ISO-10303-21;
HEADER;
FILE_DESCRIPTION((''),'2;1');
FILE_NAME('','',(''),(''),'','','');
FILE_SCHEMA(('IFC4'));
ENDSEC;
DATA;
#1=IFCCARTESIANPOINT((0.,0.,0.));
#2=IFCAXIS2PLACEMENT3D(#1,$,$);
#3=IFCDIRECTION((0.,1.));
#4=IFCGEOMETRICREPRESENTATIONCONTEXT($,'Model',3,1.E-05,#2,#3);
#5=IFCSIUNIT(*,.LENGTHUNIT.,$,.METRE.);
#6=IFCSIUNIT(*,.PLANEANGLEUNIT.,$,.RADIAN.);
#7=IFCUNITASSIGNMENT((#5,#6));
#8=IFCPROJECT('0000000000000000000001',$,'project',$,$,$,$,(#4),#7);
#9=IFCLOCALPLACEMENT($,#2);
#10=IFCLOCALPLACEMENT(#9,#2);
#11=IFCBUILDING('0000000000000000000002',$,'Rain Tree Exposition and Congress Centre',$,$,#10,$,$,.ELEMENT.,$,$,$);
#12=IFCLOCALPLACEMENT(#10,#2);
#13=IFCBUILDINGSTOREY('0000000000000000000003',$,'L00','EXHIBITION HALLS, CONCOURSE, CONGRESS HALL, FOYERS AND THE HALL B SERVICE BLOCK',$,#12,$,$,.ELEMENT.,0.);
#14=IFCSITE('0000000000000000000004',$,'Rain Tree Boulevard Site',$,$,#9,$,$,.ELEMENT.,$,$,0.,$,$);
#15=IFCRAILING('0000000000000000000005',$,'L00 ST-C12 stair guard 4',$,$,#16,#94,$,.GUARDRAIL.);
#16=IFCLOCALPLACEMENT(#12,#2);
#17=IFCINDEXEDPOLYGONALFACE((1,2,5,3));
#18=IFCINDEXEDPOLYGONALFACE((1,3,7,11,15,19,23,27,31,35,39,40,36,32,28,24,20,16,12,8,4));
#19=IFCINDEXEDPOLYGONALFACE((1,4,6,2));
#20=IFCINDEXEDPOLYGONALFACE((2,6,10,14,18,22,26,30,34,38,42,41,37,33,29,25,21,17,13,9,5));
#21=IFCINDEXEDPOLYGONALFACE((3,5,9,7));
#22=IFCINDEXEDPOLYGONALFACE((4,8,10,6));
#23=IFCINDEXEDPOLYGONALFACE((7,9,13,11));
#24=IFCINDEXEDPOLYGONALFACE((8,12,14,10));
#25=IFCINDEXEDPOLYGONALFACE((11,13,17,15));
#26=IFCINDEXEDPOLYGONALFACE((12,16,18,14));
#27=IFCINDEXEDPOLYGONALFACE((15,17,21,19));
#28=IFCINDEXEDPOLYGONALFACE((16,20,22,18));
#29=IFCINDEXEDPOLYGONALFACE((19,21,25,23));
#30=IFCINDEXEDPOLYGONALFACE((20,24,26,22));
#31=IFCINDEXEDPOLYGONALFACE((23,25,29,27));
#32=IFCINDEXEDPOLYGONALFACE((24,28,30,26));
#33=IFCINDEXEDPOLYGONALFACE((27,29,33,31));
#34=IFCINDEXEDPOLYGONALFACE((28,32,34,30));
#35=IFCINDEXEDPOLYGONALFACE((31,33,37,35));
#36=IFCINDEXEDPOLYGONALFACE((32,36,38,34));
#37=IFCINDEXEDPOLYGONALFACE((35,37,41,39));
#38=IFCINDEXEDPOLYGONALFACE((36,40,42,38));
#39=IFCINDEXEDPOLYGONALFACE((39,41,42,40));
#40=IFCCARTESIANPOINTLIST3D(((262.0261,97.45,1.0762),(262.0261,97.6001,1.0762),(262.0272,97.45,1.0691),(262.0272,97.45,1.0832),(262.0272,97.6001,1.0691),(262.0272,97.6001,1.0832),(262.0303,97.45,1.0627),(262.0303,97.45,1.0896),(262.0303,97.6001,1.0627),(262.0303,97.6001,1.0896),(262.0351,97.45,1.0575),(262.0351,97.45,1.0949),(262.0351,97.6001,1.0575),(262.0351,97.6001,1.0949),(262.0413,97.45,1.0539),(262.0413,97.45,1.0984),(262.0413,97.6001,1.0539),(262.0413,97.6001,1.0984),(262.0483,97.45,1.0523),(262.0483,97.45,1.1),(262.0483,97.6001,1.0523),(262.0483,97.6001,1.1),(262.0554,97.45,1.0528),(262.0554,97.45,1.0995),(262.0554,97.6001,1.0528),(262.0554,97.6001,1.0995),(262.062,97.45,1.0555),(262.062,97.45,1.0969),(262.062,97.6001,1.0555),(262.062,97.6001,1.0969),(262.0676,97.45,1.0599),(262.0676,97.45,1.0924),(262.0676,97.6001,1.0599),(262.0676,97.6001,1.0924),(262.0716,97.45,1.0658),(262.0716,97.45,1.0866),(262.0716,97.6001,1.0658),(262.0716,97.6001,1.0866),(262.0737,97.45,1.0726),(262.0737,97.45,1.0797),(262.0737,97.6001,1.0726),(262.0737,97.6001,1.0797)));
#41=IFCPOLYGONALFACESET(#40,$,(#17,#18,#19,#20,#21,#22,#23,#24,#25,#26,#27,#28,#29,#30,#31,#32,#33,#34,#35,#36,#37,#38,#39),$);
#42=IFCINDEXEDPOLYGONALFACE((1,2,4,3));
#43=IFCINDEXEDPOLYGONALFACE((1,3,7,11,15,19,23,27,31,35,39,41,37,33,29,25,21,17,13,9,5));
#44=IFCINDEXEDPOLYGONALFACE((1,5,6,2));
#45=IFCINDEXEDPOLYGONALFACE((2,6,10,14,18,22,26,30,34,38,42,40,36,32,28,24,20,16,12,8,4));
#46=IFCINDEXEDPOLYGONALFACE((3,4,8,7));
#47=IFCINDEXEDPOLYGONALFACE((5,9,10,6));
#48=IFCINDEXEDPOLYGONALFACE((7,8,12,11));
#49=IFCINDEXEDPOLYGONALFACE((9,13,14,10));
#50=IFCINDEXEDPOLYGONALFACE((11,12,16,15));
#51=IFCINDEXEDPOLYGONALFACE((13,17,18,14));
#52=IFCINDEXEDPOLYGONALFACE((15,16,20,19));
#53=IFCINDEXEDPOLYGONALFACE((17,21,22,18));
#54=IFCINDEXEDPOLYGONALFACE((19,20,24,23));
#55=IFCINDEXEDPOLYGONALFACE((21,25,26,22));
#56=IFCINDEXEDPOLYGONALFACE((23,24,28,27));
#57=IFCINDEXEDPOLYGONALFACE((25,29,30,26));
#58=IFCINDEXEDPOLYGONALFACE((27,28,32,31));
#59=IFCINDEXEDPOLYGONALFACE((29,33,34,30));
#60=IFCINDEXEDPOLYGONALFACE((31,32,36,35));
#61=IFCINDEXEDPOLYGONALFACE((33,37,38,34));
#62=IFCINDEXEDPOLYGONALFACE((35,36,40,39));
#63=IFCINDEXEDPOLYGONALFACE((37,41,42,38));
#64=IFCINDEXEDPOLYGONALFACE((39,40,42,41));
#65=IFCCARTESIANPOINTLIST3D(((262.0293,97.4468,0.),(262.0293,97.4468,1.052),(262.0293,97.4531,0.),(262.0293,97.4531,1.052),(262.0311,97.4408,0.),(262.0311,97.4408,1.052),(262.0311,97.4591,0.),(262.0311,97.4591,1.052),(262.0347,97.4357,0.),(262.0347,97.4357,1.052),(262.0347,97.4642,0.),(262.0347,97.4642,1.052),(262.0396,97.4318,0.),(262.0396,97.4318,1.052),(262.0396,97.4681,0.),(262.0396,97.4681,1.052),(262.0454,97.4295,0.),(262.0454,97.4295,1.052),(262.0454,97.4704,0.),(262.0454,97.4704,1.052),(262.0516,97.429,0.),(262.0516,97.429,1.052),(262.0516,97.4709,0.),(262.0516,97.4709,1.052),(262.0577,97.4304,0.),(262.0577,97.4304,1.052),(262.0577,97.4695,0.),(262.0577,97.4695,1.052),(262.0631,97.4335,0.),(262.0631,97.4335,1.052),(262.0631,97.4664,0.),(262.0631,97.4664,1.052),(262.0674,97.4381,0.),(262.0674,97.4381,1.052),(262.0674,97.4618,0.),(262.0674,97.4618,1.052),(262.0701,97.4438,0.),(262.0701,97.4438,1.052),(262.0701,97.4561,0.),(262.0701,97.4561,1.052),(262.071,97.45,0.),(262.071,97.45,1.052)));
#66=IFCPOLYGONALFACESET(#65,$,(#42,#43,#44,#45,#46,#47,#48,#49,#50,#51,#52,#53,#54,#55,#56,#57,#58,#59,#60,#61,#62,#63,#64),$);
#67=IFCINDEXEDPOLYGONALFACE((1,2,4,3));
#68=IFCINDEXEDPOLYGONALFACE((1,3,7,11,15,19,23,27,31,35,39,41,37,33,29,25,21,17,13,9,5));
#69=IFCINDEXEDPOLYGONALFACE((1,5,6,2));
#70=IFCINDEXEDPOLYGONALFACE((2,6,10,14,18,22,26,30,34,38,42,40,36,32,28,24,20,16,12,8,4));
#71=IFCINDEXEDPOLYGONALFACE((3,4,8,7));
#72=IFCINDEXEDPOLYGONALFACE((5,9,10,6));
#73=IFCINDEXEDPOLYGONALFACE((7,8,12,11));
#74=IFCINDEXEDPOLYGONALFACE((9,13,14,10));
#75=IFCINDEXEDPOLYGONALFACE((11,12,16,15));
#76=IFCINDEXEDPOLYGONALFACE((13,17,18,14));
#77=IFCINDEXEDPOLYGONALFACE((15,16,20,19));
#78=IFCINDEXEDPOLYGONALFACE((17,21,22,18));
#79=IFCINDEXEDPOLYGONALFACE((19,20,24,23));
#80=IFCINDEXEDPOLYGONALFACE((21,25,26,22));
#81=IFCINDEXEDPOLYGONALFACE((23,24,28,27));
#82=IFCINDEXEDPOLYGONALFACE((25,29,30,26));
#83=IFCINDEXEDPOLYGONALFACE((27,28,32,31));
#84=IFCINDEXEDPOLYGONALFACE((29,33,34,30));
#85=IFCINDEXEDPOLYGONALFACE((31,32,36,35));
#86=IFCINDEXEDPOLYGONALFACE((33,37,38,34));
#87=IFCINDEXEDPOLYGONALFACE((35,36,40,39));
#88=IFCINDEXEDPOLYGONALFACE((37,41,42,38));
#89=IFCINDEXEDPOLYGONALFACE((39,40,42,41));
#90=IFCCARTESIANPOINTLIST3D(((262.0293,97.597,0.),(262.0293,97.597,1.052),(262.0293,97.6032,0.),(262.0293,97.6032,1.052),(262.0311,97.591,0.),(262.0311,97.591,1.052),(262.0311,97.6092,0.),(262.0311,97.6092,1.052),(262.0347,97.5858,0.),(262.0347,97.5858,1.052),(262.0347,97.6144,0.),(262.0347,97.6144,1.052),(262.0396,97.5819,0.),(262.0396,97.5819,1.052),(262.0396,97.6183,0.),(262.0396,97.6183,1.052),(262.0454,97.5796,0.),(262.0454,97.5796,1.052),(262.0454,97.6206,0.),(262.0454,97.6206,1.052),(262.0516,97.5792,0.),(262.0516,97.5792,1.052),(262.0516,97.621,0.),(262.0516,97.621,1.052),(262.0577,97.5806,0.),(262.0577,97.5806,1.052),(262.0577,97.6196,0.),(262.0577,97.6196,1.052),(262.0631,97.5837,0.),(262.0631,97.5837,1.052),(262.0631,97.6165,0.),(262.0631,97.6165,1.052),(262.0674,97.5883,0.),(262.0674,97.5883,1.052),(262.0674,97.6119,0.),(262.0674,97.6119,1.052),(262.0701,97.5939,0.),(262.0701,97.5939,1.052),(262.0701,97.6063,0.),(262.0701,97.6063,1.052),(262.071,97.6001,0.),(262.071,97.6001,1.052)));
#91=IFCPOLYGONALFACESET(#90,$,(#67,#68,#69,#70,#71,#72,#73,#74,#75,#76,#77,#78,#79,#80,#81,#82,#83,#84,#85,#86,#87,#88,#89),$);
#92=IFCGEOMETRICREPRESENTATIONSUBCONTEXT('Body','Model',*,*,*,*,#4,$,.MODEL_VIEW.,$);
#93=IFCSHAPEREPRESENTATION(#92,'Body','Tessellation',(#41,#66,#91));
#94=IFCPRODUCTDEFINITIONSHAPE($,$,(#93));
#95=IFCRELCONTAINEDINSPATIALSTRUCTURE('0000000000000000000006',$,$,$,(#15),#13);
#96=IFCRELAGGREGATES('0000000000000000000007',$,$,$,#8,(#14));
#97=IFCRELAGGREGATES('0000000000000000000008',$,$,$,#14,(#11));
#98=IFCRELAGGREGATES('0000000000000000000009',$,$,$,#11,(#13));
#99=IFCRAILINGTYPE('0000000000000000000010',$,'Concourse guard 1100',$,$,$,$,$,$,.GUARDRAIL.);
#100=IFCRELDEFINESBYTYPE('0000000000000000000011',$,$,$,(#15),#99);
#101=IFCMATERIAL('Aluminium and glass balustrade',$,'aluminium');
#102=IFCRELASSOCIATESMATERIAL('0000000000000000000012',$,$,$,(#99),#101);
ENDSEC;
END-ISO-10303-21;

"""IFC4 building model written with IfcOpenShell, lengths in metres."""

from ifc_helpers import new_model, si_unit, direction, frame, origin, origin_2d, place, context, subcontext, project, spatial, circle, extrude, material, type_object, element, save


model = new_model("IFC4")

# Units and contexts
model_context = context("Model", 3, precision=1e-05, world=origin(), true_north=direction((0.0, 1.0)))
body_context = subcontext(model_context, "Body", "Model", "MODEL_VIEW")
ifc_project = project(units=[si_unit("LENGTHUNIT", "METRE"), si_unit("PLANEANGLEUNIT", "RADIAN")], contexts=[model_context])

# Site, building, storey
site_placement = place(None, origin())
site = spatial("IfcSite", under=ifc_project, at=site_placement, Name="Rain Tree Boulevard Site", CompositionType="ELEMENT", RefElevation=0.0)
building_placement = place(site_placement, origin())
building = spatial("IfcBuilding", under=site, at=building_placement, Name="Rain Tree Exposition and Congress Centre", CompositionType="ELEMENT")
storey_placement = place(building_placement, origin())
storey = spatial("IfcBuildingStorey", under=building, at=storey_placement, Name="L00", Description="EXHIBITION HALLS, CONCOURSE, CONGRESS HALL, FOYERS AND THE HALL B SERVICE BLOCK", CompositionType="ELEMENT", Elevation=0.0)

# Railing
ifc_material_1 = material(Name="Aluminium and glass balustrade", Category="aluminium")
railing_type_1 = type_object("IfcRailingType", Name="Concourse guard 1100", PredefinedType="GUARDRAIL", material=ifc_material_1)
railing_1_placement = place(storey_placement, frame((262.05, 97.45, 0.0)))
element("IfcRailing", 1, at=railing_1_placement, inside=storey, type_object=railing_type_1, Name="L00 ST-C12 stair guard 4", PredefinedType="GUARDRAIL", context=body_context, shape_type="SweptSolid", body=[
    extrude(circle(Radius=0.0239, at=origin_2d()), frame((0.0, 0.0, 1.0762), z_axis=(0.0, 1.0, 0.0), x_axis=(-1.0, 0.0, 0.0)), (0.0, 0.0, 1.0), 0.1501),
    extrude(circle(Radius=0.021, at=origin_2d()), origin(), (0.0, 0.0, 1.0), 1.052),
    extrude(circle(Radius=0.021, at=origin_2d()), frame((0.0, 0.1501, 0.0)), (0.0, 0.0, 1.0), 1.052),
])

save(model, "model.ifc")
